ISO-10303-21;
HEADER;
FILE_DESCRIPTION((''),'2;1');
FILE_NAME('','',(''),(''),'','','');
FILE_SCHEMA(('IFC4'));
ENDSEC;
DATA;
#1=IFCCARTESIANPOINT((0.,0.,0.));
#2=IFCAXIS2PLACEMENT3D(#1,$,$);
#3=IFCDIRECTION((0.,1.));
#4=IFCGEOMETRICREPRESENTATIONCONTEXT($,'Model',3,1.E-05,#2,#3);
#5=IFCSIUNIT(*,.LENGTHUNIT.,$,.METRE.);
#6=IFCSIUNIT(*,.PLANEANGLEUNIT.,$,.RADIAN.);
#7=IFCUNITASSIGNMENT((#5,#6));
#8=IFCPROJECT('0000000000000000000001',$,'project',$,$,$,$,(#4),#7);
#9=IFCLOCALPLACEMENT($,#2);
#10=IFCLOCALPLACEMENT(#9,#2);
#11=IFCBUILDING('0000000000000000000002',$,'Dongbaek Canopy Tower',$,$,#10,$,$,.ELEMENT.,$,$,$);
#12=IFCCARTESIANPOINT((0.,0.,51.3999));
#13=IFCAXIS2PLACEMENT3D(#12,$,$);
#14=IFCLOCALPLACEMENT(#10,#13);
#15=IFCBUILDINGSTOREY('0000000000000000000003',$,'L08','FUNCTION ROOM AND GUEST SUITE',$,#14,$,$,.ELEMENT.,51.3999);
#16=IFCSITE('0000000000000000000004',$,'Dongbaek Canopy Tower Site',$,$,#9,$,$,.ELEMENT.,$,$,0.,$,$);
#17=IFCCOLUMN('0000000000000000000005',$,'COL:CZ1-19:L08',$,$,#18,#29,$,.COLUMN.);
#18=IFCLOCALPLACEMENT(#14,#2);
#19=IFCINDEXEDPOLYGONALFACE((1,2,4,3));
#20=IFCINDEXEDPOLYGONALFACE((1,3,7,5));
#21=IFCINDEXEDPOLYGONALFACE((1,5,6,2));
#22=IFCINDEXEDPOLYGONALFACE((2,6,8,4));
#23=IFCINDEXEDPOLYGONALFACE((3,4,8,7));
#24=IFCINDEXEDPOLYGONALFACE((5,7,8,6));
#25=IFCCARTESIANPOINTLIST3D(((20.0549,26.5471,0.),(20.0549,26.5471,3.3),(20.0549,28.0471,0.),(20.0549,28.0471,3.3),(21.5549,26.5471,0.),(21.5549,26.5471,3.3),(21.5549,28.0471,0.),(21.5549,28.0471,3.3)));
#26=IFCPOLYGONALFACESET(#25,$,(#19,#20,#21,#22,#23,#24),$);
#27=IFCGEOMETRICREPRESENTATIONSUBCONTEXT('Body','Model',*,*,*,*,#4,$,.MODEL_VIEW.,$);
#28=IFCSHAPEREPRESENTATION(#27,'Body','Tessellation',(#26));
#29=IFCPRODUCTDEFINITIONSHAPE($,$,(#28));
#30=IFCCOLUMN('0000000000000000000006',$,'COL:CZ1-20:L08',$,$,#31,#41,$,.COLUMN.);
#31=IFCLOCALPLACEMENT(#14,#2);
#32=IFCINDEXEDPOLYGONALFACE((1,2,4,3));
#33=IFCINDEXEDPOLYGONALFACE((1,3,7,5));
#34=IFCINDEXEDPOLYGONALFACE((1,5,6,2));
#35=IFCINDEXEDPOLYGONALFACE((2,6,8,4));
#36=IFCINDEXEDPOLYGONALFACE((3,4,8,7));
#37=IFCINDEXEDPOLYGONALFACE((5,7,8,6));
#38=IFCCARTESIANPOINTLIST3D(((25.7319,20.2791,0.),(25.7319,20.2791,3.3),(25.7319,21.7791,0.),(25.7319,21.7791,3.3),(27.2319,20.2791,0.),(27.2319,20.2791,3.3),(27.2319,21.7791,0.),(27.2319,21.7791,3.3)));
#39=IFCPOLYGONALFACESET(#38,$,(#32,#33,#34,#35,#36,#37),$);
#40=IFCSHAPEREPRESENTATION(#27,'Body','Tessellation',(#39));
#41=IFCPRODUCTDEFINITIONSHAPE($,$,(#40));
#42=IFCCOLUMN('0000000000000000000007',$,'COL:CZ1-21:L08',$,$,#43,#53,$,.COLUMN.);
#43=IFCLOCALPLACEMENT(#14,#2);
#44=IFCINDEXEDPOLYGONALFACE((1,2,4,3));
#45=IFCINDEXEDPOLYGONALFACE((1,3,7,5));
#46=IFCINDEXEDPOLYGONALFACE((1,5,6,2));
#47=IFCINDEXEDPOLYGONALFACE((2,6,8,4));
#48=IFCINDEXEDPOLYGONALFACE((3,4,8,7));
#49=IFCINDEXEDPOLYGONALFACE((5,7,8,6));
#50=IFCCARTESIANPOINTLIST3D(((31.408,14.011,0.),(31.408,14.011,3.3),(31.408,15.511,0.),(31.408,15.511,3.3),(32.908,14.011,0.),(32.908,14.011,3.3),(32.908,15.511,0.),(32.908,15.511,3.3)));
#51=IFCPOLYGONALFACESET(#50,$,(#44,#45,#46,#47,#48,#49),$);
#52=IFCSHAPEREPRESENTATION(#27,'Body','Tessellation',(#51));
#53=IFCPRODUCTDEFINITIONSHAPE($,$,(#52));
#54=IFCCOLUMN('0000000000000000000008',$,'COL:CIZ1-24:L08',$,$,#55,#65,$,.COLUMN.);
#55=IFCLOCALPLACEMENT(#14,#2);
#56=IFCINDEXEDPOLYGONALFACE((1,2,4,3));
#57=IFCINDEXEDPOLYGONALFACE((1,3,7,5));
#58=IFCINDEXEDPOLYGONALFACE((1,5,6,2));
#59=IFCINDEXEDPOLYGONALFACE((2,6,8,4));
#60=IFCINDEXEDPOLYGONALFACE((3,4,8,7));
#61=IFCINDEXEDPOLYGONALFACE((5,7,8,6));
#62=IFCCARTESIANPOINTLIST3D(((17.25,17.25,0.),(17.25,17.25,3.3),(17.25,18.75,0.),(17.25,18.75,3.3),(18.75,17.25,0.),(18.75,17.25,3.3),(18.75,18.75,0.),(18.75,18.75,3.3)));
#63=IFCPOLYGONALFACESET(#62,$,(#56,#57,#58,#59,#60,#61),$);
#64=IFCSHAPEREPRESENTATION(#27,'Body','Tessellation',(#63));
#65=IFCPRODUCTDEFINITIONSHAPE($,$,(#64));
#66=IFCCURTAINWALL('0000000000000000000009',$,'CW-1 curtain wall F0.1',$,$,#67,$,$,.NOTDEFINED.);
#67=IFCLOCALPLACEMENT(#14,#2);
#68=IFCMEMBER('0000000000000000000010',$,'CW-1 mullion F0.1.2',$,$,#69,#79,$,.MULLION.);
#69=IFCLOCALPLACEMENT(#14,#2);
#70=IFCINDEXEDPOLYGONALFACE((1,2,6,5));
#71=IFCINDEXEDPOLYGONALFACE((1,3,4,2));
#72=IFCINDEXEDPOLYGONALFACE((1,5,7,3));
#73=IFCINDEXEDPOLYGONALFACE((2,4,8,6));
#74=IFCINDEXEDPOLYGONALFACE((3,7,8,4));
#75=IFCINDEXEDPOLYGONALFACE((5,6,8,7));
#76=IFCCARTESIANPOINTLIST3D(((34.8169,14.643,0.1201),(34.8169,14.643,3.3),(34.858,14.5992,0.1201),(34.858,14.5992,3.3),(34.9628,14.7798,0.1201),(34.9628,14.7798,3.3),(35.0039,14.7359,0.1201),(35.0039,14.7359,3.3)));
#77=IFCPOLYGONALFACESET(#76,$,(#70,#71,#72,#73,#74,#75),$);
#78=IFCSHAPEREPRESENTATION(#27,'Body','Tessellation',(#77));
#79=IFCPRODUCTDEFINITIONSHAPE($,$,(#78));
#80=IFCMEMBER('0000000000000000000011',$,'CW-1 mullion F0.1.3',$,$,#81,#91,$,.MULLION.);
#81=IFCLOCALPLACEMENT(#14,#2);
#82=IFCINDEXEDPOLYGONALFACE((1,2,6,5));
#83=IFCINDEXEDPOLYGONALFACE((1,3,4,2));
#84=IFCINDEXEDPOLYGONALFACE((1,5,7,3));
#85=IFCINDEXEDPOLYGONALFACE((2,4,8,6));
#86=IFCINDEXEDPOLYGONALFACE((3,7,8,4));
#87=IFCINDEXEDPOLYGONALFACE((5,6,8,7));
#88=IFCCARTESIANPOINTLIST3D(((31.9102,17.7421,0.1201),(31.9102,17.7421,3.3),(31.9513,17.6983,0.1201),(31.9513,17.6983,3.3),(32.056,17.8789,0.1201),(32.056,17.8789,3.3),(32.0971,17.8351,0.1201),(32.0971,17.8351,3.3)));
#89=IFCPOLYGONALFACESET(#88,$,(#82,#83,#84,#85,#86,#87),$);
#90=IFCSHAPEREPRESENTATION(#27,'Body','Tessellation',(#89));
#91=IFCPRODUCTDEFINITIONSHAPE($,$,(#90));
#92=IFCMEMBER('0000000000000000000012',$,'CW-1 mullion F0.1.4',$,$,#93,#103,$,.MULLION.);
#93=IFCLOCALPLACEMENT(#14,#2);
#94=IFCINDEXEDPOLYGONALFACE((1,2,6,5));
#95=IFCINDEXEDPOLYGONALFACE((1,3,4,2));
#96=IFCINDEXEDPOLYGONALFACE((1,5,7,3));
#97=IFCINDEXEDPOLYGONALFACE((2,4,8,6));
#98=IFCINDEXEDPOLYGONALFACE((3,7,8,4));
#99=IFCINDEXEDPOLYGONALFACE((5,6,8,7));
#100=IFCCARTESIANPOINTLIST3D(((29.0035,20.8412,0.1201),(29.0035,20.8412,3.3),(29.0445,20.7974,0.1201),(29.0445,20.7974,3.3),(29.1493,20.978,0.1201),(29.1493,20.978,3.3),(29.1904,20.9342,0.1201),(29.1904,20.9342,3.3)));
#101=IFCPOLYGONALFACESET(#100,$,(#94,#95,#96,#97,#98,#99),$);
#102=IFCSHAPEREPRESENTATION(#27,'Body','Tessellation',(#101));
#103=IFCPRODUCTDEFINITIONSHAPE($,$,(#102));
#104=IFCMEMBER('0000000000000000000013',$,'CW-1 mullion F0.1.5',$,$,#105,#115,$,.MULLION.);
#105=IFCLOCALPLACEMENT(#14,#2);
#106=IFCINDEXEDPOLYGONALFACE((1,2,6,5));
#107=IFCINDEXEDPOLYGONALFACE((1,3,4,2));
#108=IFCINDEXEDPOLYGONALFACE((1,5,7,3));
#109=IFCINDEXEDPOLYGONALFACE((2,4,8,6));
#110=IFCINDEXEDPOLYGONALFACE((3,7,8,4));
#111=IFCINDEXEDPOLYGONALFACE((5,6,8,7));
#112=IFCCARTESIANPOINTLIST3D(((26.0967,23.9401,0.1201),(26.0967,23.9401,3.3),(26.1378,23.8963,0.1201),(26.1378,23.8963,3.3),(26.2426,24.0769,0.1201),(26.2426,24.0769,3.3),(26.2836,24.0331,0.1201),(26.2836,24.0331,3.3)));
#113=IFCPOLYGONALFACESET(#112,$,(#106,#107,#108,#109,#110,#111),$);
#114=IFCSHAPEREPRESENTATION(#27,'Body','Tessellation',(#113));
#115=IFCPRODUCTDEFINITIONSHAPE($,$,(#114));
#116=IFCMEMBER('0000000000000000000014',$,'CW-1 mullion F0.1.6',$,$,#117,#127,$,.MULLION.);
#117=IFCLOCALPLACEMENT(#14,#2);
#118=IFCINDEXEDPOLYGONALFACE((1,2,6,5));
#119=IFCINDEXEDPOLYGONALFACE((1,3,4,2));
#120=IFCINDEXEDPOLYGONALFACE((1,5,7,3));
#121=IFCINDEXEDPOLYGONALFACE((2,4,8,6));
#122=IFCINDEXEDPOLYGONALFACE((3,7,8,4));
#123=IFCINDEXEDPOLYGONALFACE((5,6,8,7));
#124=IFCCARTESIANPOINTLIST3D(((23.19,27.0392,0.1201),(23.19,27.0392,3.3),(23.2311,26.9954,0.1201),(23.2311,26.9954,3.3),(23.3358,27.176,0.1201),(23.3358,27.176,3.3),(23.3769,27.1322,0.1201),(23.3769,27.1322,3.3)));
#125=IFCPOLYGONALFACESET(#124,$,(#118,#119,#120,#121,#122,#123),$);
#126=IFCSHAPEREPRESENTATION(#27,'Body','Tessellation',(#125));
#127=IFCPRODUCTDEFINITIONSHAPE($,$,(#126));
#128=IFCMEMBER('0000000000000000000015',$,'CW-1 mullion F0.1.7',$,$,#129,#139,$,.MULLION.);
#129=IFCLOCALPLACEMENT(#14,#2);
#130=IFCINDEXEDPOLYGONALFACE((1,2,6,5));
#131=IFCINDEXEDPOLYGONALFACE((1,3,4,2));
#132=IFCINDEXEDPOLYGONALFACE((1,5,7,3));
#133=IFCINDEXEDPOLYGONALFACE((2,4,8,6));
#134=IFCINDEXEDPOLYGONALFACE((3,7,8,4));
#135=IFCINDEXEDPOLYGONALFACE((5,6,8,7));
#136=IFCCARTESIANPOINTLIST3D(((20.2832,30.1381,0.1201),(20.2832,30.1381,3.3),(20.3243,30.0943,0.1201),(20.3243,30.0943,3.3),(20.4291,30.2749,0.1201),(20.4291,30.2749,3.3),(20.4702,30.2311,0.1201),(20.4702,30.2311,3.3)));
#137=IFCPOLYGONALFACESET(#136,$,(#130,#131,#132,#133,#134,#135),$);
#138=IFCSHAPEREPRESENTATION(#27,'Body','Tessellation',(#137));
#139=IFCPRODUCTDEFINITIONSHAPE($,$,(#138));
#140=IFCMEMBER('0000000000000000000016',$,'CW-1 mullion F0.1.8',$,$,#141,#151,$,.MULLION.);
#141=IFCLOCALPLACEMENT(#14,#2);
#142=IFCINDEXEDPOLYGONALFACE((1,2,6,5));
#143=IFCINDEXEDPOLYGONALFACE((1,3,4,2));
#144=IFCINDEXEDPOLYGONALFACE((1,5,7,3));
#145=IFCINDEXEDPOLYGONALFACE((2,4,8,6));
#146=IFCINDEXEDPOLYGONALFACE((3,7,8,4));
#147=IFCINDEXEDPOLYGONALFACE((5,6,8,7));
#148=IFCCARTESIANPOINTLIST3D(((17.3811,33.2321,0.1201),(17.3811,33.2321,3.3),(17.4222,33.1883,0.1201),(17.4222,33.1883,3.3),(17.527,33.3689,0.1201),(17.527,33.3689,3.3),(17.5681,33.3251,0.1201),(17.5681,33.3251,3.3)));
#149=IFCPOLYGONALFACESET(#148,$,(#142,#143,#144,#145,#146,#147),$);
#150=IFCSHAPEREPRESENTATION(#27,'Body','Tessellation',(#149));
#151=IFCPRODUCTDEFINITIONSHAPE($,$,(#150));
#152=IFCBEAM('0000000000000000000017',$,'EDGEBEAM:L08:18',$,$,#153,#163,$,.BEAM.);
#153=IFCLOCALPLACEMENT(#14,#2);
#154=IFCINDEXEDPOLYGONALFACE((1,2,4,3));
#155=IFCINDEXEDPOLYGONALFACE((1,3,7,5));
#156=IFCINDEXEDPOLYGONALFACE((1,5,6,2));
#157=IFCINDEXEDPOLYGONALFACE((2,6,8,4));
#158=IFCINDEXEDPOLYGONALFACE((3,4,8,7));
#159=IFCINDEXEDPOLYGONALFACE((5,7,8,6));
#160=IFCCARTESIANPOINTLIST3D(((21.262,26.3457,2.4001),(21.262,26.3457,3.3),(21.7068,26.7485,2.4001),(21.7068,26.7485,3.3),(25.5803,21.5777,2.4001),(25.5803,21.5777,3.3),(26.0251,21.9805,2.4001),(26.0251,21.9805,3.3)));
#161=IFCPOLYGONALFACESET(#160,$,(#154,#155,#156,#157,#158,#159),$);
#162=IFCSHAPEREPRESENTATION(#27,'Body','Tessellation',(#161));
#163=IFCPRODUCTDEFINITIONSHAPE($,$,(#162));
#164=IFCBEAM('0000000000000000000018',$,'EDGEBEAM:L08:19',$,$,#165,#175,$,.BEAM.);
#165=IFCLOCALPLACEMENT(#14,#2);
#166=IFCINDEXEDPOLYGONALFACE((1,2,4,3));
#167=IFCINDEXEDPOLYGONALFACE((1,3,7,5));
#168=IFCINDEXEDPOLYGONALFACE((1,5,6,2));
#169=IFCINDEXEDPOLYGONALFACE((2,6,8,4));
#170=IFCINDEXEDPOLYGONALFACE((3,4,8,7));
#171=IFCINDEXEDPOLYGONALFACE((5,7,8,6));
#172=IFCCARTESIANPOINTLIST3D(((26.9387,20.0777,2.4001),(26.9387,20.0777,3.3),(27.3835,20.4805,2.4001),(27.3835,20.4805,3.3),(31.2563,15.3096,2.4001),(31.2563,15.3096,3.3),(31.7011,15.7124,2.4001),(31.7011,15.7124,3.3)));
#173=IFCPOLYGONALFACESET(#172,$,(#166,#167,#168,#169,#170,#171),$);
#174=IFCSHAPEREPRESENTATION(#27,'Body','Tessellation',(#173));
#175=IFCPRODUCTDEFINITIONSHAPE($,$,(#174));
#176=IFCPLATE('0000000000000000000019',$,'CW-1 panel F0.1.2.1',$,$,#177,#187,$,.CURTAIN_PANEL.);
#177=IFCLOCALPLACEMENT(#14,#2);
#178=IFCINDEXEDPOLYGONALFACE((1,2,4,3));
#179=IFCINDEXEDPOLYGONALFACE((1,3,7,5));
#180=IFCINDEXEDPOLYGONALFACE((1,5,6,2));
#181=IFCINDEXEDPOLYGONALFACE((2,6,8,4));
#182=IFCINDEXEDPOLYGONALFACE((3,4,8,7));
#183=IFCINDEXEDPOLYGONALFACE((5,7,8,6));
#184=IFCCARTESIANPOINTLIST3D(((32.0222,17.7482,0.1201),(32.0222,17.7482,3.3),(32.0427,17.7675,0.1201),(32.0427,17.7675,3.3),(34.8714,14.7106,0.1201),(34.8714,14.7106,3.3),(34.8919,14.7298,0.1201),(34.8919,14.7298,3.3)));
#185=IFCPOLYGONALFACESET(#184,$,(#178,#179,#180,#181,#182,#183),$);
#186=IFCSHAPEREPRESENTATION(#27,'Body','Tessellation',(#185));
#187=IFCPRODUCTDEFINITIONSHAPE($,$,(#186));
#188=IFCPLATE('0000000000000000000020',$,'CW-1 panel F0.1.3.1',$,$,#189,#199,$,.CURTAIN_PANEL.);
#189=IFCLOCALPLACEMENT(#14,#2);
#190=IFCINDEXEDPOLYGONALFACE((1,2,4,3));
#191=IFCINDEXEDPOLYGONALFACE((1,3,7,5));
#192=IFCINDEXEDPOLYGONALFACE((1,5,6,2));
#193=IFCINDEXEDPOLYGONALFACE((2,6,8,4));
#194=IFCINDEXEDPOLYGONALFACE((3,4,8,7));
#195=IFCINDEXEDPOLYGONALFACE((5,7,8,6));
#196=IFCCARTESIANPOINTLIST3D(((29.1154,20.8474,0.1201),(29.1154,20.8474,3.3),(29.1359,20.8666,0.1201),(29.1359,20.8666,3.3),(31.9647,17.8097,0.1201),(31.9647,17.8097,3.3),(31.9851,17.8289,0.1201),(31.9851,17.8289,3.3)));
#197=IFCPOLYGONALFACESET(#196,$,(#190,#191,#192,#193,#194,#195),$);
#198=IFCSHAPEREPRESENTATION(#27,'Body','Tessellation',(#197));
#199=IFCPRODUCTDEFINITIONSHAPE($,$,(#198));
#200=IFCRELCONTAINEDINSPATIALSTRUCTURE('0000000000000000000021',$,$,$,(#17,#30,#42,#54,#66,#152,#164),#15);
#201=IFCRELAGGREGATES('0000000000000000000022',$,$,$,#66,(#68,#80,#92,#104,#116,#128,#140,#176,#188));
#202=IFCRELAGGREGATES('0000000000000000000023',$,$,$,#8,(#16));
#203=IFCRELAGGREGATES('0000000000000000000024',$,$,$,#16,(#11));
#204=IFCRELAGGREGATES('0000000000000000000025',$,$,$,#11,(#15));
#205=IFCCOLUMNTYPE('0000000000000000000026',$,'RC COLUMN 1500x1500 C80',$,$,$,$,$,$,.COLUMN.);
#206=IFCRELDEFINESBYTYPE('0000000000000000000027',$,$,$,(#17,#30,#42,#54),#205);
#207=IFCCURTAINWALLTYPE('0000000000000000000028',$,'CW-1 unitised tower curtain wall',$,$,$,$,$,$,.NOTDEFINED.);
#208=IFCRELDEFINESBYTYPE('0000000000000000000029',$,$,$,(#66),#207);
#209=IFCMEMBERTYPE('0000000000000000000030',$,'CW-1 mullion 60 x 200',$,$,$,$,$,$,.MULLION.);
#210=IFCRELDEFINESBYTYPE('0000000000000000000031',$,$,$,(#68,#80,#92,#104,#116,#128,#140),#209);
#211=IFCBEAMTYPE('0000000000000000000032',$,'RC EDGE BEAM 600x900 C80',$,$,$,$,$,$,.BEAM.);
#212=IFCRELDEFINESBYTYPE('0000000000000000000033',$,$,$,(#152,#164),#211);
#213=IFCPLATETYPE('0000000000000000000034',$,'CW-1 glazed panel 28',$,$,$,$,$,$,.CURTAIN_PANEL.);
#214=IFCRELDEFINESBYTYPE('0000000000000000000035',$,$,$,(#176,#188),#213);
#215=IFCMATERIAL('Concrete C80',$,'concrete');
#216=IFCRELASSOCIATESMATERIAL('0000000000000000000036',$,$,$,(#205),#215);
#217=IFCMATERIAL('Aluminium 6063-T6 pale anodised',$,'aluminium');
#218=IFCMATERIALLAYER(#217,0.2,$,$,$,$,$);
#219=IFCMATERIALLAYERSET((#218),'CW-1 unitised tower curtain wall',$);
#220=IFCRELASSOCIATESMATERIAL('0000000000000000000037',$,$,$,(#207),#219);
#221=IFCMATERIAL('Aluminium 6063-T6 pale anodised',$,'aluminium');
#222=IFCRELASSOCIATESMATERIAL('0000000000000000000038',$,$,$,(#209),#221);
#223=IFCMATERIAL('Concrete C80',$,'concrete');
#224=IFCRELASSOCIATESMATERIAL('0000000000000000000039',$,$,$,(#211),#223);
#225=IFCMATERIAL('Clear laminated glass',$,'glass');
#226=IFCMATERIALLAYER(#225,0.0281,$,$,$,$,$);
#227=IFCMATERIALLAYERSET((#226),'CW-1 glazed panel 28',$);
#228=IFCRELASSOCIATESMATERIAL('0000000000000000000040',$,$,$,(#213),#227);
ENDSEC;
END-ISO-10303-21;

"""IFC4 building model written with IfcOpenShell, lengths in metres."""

from ifc_helpers import new_model, si_unit, direction, frame, origin, origin_2d, place, context, subcontext, project, spatial, rectangle, extrude, material, layer, layer_set, material_profile, profile_set, type_object, element, aggregate, save


model = new_model("IFC4")

# Units and contexts
model_context = context("Model", 3, precision=1e-05, world=origin(), true_north=direction((0.0, 1.0)))
body_context = subcontext(model_context, "Body", "Model", "MODEL_VIEW")
ifc_project = project(units=[si_unit("LENGTHUNIT", "METRE"), si_unit("PLANEANGLEUNIT", "RADIAN")], contexts=[model_context])

# Site, building, storey
site_placement = place(None, origin())
site = spatial("IfcSite", under=ifc_project, at=site_placement, Name="Dongbaek Canopy Tower Site", CompositionType="ELEMENT", RefElevation=0.0)
building_placement = place(site_placement, origin())
building = spatial("IfcBuilding", under=site, at=building_placement, Name="Dongbaek Canopy Tower", CompositionType="ELEMENT")
storey_placement = place(building_placement, frame((0.0, 0.0, 51.3999)))
storey = spatial("IfcBuildingStorey", under=building, at=storey_placement, Name="L08", Description="FUNCTION ROOM AND GUEST SUITE", CompositionType="ELEMENT", Elevation=51.3999)

# Columns
ifc_material_1 = material(Name="Concrete C80", Category="concrete")
ifc_material_profile_1 = material_profile(ifc_material_1, rectangle(XDim=1.5, YDim=1.5, at=origin_2d()), Name="RC COLUMN 1500x1500 C80")
ifc_profile_set_1 = profile_set([ifc_material_profile_1], Name="Concrete C80")
column_type = type_object("IfcColumnType", Name="RC COLUMN 1500x1500 C80", PredefinedType="COLUMN", material=ifc_profile_set_1)
for number, where, z_axis, x_axis, name in (
    (1, (20.8049, 27.2971, 0.0), (0.0, 0.0, 1.0), (1.0, 0.0, 0.0), "COL:CZ1-19:L08"),
    (2, (26.4819, 21.0291, 0.0), (0.0, 0.0, 1.0), (1.0, 0.0, 0.0), "COL:CZ1-20:L08"),
    (3, (32.158, 14.761, 0.0), (0.0, 0.0, 1.0), (1.0, 0.0, 0.0), "COL:CZ1-21:L08"),
    (4, (18.0, 18.0, 0.0), (0.0, 0.0, 1.0), (1.0, 0.0, 0.0), "COL:CIZ1-24:L08"),
):
    element("IfcColumn", number, at=place(storey_placement, frame(where, z_axis=z_axis, x_axis=x_axis)), inside=storey, type_object=column_type, Name=name, PredefinedType="COLUMN", context=body_context, shape_type="SweptSolid", body=[
        extrude(rectangle(XDim=1.5, YDim=1.5, at=origin_2d()), origin(), (0.0, 0.0, 1.0), 3.3),
    ])

# Curtain wall, members
ifc_material_2 = material(Name="Aluminium 6063-T6 pale anodised", Category="aluminium")
ifc_layer_1 = layer(ifc_material_2, 0.2)
ifc_layer_set_1 = layer_set([ifc_layer_1], Name="CW-1 unitised tower curtain wall")
curtain_wall_type = type_object("IfcCurtainWallType", Name="CW-1 unitised tower curtain wall", PredefinedType="NOTDEFINED", material=ifc_layer_set_1)
curtain_wall_placement = place(storey_placement, origin())
curtain_wall = element("IfcCurtainWall", 5, at=curtain_wall_placement, inside=storey, type_object=curtain_wall_type, Name="CW-1 curtain wall F0.1", PredefinedType="NOTDEFINED")
ifc_material_3 = material(Name="Aluminium 6063-T6 pale anodised", Category="aluminium")
ifc_material_profile_2 = material_profile(ifc_material_3, rectangle(XDim=0.2, YDim=0.0601, at=origin_2d()), Name="CW-1 mullion 60 x 200")
ifc_profile_set_2 = profile_set([ifc_material_profile_2], Name="Aluminium 6063-T6 pale anodised")
member_type = type_object("IfcMemberType", Name="CW-1 mullion 60 x 200", PredefinedType="MULLION", material=ifc_profile_set_2)
member_1_placement = place(storey_placement, frame((34.9104, 14.6895, 0.1201), z_axis=(0.0, 0.0, 1.0), x_axis=(0.729369, 0.68412, 0.0)))
member_1 = element("IfcMember", 6, at=member_1_placement, type_object=member_type, Name="CW-1 mullion F0.1.2", PredefinedType="MULLION", context=body_context, shape_type="SweptSolid", body=[
    extrude(rectangle(XDim=0.2, YDim=0.0601, at=origin_2d()), origin(), (0.0, 0.0, 1.0), 3.1799),
])
member_2_placement = place(storey_placement, frame((32.0037, 17.7886, 0.1201), z_axis=(0.0, 0.0, 1.0), x_axis=(0.729369, 0.68412, 0.0)))
member_2 = element("IfcMember", 7, at=member_2_placement, type_object=member_type, Name="CW-1 mullion F0.1.3", PredefinedType="MULLION", context=body_context, shape_type="SweptSolid", body=[
    extrude(rectangle(XDim=0.2, YDim=0.0601, at=origin_2d()), origin(), (0.0, 0.0, 1.0), 3.1799),
])
member_3_placement = place(storey_placement, frame((29.0969, 20.8877, 0.1201), z_axis=(0.0, 0.0, 1.0), x_axis=(0.729369, 0.68412, 0.0)))
member_3 = element("IfcMember", 8, at=member_3_placement, type_object=member_type, Name="CW-1 mullion F0.1.4", PredefinedType="MULLION", context=body_context, shape_type="SweptSolid", body=[
    extrude(rectangle(XDim=0.2, YDim=0.0601, at=origin_2d()), origin(), (0.0, 0.0, 1.0), 3.1799),
])
member_4_placement = place(storey_placement, frame((26.1902, 23.9866, 0.1201), z_axis=(0.0, 0.0, 1.0), x_axis=(0.729369, 0.68412, 0.0)))
member_4 = element("IfcMember", 9, at=member_4_placement, type_object=member_type, Name="CW-1 mullion F0.1.5", PredefinedType="MULLION", context=body_context, shape_type="SweptSolid", body=[
    extrude(rectangle(XDim=0.2, YDim=0.0601, at=origin_2d()), origin(), (0.0, 0.0, 1.0), 3.1799),
])
member_5_placement = place(storey_placement, frame((23.2834, 27.0857, 0.1201), z_axis=(0.0, 0.0, 1.0), x_axis=(0.729369, 0.68412, 0.0)))
member_5 = element("IfcMember", 10, at=member_5_placement, type_object=member_type, Name="CW-1 mullion F0.1.6", PredefinedType="MULLION", context=body_context, shape_type="SweptSolid", body=[
    extrude(rectangle(XDim=0.2, YDim=0.0601, at=origin_2d()), origin(), (0.0, 0.0, 1.0), 3.1799),
])
member_6_placement = place(storey_placement, frame((20.3767, 30.1846, 0.1201), z_axis=(0.0, 0.0, 1.0), x_axis=(0.729369, 0.68412, 0.0)))
member_6 = element("IfcMember", 11, at=member_6_placement, type_object=member_type, Name="CW-1 mullion F0.1.7", PredefinedType="MULLION", context=body_context, shape_type="SweptSolid", body=[
    extrude(rectangle(XDim=0.2, YDim=0.0601, at=origin_2d()), origin(), (0.0, 0.0, 1.0), 3.1799),
])
member_7_placement = place(storey_placement, frame((17.4746, 33.2786, 0.1201), z_axis=(0.0, 0.0, 1.0), x_axis=(0.729369, 0.68412, 0.0)))
member_7 = element("IfcMember", 12, at=member_7_placement, type_object=member_type, Name="CW-1 mullion F0.1.8", PredefinedType="MULLION", context=body_context, shape_type="SweptSolid", body=[
    extrude(rectangle(XDim=0.2, YDim=0.0601, at=origin_2d()), origin(), (0.0, 0.0, 1.0), 3.1799),
])

# Beams
ifc_material_4 = material(Name="Concrete C80", Category="concrete")
ifc_material_profile_3 = material_profile(ifc_material_4, rectangle(XDim=0.6001, YDim=0.8999, at=origin_2d()), Name="RC EDGE BEAM 600x900 C80")
ifc_profile_set_3 = profile_set([ifc_material_profile_3], Name="Concrete C80")
beam_type = type_object("IfcBeamType", Name="RC EDGE BEAM 600x900 C80", PredefinedType="BEAM", material=ifc_profile_set_3)
beam_1_placement = place(storey_placement, frame((21.4844, 26.5471, 2.8501), z_axis=(0.671289, -0.741196, 0.0), x_axis=(0.741196, 0.671289, 0.0)))
element("IfcBeam", 13, at=beam_1_placement, inside=storey, type_object=beam_type, Name="EDGEBEAM:L08:18", PredefinedType="BEAM", context=body_context, shape_type="SweptSolid", body=[
    extrude(rectangle(XDim=0.6001, YDim=0.8999, at=origin_2d()), origin(), (0.0, 0.0, 1.0), 6.4329),
])
beam_2_placement = place(storey_placement, frame((27.1611, 20.2791, 2.8501), z_axis=(0.671226, -0.741252, 0.0), x_axis=(0.741252, 0.671226, 0.0)))
element("IfcBeam", 14, at=beam_2_placement, inside=storey, type_object=beam_type, Name="EDGEBEAM:L08:19", PredefinedType="BEAM", context=body_context, shape_type="SweptSolid", body=[
    extrude(rectangle(XDim=0.6001, YDim=0.8999, at=origin_2d()), origin(), (0.0, 0.0, 1.0), 6.4324),
])

# Plates
ifc_material_5 = material(Name="Clear laminated glass", Category="glass")
ifc_layer_2 = layer(ifc_material_5, 0.0281)
ifc_layer_set_2 = layer_set([ifc_layer_2], Name="CW-1 glazed panel 28")
plate_type = type_object("IfcPlateType", Name="CW-1 glazed panel 28", PredefinedType="CURTAIN_PANEL", material=ifc_layer_set_2)
plate_1_placement = place(storey_placement, frame((33.457, 16.239, 0.1201), z_axis=(0.0, 0.0, 1.0), x_axis=(-0.68412, 0.729369, 0.0)))
plate_1 = element("IfcPlate", 15, at=plate_1_placement, type_object=plate_type, Name="CW-1 panel F0.1.2.1", PredefinedType="CURTAIN_PANEL", context=body_context, shape_type="SweptSolid", body=[
    extrude(rectangle(XDim=4.1648, YDim=0.0281, at=origin_2d()), origin(), (0.0, 0.0, 1.0), 3.1799),
])
plate_2_placement = place(storey_placement, frame((30.5503, 19.3381, 0.1201), z_axis=(0.0, 0.0, 1.0), x_axis=(-0.68412, 0.729369, 0.0)))
plate_2 = element("IfcPlate", 16, at=plate_2_placement, type_object=plate_type, Name="CW-1 panel F0.1.3.1", PredefinedType="CURTAIN_PANEL", context=body_context, shape_type="SweptSolid", body=[
    extrude(rectangle(XDim=4.1648, YDim=0.0281, at=origin_2d()), origin(), (0.0, 0.0, 1.0), 3.1799),
])

aggregate(curtain_wall, [member_1, member_2, member_3, member_4, member_5, member_6, member_7, plate_1, plate_2])

save(model, "model.ifc")
